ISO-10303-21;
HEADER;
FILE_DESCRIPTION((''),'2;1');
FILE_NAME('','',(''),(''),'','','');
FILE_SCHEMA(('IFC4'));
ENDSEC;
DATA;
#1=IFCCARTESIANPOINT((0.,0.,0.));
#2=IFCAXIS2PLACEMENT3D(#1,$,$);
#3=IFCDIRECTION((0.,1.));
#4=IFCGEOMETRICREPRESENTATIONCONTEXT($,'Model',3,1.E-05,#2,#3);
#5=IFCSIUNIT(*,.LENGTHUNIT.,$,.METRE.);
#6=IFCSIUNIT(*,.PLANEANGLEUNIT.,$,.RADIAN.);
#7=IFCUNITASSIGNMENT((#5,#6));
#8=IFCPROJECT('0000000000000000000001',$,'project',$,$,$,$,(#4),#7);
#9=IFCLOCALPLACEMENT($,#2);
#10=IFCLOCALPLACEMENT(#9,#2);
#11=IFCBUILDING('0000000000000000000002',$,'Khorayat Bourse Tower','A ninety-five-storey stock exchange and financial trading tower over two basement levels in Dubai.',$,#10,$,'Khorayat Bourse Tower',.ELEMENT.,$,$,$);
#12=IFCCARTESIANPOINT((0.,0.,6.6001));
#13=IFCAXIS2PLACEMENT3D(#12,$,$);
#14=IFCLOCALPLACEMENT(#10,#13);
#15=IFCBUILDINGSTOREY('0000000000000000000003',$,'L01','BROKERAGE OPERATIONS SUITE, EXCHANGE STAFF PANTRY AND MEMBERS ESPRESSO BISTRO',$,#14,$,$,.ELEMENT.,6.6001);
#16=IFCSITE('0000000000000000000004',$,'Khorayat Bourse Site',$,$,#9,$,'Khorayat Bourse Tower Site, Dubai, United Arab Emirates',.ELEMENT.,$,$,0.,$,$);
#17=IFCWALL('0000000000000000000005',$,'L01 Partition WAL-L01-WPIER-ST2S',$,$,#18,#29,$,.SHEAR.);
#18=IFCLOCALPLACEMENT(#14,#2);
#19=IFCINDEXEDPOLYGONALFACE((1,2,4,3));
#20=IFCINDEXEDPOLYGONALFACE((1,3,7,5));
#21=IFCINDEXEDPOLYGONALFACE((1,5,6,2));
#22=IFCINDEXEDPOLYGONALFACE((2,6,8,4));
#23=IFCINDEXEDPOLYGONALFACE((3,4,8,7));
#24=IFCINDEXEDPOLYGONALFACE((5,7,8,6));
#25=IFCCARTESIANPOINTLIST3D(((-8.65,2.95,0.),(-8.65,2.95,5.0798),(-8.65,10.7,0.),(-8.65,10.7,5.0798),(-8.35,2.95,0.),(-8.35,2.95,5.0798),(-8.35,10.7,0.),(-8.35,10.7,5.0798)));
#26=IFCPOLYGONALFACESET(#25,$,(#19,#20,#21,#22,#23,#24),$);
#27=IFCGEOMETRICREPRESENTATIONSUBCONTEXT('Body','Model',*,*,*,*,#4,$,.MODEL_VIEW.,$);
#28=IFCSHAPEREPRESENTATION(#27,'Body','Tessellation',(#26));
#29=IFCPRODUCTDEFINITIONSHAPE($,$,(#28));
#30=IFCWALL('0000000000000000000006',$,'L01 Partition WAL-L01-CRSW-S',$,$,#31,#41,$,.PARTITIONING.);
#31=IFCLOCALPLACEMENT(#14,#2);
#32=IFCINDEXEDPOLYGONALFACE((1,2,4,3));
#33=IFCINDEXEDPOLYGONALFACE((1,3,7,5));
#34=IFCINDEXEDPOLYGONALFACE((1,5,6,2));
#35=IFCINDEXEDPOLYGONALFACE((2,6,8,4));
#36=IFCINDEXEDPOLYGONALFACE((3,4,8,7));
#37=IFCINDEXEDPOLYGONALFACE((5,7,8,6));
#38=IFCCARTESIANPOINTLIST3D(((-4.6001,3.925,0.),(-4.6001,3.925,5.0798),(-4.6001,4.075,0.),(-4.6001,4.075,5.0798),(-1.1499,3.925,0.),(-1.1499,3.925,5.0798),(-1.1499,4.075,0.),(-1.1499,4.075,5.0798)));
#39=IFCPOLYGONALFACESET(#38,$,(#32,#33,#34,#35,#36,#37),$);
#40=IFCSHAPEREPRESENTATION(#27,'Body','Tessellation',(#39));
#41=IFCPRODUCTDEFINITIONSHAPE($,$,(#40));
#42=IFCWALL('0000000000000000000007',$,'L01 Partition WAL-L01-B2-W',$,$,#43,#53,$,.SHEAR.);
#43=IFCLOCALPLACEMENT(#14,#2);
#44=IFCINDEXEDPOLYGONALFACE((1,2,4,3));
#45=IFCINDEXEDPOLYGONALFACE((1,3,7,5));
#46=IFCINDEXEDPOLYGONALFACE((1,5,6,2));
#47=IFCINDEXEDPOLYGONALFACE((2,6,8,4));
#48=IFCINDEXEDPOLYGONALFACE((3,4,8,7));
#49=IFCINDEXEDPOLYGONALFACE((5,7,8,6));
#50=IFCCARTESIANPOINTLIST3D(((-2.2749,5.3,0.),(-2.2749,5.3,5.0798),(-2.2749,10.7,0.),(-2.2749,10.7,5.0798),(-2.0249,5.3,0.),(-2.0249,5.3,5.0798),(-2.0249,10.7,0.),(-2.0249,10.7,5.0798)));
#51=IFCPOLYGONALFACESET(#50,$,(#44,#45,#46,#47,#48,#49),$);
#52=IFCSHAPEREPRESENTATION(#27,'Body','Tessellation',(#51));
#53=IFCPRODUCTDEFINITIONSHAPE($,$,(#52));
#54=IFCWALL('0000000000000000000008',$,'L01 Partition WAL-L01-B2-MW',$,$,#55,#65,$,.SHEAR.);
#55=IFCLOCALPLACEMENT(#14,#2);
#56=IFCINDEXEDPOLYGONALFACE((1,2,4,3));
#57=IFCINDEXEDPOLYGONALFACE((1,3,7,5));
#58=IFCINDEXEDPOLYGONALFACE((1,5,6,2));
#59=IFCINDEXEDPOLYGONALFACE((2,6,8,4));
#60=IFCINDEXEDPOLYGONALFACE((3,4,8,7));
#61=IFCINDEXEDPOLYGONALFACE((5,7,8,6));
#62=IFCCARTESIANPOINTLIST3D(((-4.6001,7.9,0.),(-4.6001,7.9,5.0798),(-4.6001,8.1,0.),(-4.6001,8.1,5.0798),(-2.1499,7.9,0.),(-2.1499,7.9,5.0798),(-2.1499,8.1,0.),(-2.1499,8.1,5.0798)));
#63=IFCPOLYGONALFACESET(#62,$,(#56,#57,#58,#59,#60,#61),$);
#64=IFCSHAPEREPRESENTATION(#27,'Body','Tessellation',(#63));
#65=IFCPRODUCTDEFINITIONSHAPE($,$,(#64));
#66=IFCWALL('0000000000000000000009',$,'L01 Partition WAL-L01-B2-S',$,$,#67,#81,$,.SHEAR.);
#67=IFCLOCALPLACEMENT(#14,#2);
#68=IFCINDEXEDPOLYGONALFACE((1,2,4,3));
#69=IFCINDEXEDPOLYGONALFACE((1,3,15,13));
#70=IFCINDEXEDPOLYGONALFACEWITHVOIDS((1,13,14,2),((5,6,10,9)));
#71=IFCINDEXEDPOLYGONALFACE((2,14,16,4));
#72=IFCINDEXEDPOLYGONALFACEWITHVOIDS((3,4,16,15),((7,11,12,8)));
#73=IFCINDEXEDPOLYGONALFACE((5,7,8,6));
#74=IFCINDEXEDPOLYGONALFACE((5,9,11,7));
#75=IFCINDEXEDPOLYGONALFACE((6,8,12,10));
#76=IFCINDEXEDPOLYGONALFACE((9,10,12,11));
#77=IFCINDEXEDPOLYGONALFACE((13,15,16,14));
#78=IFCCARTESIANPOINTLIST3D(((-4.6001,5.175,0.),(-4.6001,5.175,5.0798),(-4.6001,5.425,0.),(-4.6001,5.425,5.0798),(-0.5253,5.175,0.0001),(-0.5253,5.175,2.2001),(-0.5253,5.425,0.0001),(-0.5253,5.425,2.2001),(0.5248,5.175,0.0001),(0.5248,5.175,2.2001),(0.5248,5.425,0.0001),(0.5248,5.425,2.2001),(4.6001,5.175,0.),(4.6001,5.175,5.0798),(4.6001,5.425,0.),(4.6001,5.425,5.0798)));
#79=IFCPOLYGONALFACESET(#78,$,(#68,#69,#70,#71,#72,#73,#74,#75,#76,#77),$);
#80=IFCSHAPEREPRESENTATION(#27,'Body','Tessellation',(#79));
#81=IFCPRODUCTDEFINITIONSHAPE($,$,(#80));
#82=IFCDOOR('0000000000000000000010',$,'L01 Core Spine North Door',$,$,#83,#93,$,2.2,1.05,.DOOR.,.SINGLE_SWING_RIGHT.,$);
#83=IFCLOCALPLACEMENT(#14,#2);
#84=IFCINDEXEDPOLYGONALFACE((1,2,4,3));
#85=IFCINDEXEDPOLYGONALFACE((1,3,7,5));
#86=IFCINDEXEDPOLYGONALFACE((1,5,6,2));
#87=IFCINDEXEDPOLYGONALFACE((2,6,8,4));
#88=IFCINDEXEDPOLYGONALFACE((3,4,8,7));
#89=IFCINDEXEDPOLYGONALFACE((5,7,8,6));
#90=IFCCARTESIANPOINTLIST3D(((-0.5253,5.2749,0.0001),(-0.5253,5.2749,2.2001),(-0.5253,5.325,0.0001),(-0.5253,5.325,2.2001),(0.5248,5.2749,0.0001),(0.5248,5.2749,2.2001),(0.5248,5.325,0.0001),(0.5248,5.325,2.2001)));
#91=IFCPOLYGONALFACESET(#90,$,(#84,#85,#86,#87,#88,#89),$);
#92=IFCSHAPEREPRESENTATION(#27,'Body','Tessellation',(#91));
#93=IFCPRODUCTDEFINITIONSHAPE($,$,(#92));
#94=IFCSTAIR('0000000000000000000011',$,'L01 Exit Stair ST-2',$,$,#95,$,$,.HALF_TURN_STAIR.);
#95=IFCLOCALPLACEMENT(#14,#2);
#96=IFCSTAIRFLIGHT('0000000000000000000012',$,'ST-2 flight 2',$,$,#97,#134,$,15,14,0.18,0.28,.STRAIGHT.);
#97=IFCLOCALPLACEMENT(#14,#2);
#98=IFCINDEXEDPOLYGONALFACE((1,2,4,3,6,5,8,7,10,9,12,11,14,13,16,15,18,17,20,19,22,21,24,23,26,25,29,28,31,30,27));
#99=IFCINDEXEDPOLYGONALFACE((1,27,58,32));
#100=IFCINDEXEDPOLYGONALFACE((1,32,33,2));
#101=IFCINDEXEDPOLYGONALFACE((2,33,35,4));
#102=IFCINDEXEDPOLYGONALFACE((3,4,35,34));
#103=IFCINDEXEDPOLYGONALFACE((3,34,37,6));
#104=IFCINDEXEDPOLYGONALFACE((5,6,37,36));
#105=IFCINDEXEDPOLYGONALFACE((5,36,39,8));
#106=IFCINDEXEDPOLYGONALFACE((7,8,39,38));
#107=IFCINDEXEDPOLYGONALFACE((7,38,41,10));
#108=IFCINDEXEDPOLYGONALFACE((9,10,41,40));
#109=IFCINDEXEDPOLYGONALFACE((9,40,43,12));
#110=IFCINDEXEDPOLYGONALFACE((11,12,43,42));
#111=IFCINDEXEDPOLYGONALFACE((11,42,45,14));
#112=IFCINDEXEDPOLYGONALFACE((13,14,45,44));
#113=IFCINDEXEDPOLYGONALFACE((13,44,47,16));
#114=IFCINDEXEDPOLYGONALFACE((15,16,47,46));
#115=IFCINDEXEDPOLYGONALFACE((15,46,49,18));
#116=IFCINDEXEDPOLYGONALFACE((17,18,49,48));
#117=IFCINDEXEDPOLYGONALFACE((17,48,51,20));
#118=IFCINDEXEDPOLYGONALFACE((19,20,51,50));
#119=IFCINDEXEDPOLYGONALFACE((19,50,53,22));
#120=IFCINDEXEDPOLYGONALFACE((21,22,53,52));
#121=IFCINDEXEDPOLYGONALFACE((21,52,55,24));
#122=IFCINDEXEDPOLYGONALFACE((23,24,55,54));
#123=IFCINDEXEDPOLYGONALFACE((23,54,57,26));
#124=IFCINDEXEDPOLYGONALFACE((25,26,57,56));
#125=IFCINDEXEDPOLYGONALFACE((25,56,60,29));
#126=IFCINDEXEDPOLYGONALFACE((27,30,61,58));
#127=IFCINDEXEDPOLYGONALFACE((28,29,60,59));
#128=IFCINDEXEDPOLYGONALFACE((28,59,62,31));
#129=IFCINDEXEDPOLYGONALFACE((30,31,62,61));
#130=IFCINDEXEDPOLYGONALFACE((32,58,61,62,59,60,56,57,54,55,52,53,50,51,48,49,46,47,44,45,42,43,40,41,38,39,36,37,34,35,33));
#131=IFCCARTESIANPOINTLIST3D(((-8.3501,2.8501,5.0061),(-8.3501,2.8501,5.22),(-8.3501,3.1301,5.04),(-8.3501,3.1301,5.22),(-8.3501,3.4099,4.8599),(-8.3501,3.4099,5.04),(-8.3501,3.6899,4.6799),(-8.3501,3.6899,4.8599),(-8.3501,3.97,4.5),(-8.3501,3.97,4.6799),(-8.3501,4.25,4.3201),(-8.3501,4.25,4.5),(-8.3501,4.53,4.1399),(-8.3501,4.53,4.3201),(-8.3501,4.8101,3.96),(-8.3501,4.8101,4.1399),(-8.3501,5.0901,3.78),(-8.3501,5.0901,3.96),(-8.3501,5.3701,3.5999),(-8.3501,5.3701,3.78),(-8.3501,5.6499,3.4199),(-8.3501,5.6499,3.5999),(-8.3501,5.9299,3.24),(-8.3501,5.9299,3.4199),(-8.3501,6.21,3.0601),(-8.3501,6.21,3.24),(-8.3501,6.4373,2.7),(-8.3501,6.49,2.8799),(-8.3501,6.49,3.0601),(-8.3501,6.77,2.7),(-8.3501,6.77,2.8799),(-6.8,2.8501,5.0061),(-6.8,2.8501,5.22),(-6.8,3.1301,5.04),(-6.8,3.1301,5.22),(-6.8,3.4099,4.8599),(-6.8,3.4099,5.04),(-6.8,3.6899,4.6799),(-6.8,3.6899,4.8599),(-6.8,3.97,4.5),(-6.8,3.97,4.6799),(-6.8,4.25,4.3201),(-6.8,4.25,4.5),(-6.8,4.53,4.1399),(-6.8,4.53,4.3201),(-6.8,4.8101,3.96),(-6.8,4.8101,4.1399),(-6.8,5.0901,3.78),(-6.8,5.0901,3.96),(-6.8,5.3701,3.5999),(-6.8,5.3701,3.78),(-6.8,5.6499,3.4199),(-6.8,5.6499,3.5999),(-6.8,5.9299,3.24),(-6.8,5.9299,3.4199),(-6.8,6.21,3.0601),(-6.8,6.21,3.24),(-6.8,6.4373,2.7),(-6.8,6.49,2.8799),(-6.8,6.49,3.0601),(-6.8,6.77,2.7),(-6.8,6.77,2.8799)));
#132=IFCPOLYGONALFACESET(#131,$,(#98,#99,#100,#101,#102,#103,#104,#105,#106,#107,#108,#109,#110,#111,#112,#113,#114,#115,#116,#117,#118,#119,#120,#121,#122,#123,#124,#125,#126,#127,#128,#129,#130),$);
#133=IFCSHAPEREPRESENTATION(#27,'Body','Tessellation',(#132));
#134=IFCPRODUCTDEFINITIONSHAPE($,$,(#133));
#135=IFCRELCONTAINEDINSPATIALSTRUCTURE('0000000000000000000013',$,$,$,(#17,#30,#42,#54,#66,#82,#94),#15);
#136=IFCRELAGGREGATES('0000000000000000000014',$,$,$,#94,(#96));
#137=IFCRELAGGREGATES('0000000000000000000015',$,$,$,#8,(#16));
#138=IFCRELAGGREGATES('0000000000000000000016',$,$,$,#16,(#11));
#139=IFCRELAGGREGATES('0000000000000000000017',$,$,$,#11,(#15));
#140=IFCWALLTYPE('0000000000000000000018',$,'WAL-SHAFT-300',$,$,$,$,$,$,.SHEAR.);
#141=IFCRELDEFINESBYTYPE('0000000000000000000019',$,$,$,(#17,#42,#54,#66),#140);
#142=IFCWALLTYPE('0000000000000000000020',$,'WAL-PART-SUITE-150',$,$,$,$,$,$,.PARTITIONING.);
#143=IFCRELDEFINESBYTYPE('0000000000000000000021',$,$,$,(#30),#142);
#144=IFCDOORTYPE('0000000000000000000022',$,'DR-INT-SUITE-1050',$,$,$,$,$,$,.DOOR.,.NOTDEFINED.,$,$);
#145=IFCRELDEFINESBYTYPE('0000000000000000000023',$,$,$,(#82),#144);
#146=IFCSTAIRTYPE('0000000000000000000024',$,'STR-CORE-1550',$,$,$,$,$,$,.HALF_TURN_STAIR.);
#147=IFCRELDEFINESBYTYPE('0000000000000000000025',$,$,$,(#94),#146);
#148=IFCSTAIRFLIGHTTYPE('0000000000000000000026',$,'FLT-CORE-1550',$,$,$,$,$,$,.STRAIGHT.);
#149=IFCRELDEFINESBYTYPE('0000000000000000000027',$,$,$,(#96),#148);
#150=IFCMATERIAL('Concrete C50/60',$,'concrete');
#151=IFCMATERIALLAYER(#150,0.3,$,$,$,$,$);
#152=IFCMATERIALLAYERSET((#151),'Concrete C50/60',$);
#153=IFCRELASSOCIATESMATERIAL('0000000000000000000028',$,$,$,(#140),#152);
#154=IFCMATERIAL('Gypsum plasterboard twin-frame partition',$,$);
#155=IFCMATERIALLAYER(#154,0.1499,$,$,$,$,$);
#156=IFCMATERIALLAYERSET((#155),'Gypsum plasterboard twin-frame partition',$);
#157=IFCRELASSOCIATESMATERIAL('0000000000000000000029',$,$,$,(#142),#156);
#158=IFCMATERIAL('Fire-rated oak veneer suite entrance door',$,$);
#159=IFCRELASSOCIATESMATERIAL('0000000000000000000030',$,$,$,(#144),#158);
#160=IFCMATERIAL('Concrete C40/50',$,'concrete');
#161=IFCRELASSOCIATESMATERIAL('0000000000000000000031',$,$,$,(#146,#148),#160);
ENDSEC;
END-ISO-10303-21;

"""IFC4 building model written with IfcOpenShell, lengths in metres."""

from ifc_helpers import new_model, si_unit, direction, frame, frame_2d, origin, place, context, subcontext, project, spatial, polyline, rectangle, outline, extrude, source, transform, mapped, material, layer, layer_set, type_object, element, fill, aggregate, save


model = new_model("IFC4")

# Units and contexts
model_context = context("Model", 3, precision=1e-05, world=origin(), true_north=direction((0.0, 1.0)))
body_context = subcontext(model_context, "Body", "Model", "MODEL_VIEW")
ifc_project = project(units=[si_unit("LENGTHUNIT", "METRE"), si_unit("PLANEANGLEUNIT", "RADIAN")], contexts=[model_context])

# Site, building, storey
site_placement = place(None, origin())
site = spatial("IfcSite", under=ifc_project, at=site_placement, Name="Khorayat Bourse Site", LongName="Khorayat Bourse Tower Site, Dubai, United Arab Emirates", CompositionType="ELEMENT", RefElevation=0.0)
building_placement = place(site_placement, origin())
building = spatial("IfcBuilding", under=site, at=building_placement, Name="Khorayat Bourse Tower", Description="A ninety-five-storey stock exchange and financial trading tower over two basement levels in Dubai.", LongName="Khorayat Bourse Tower", CompositionType="ELEMENT")
storey_placement = place(building_placement, frame((0.0, 0.0, 6.6001)))
storey = spatial("IfcBuildingStorey", under=building, at=storey_placement, Name="L01", Description="BROKERAGE OPERATIONS SUITE, EXCHANGE STAFF PANTRY AND MEMBERS ESPRESSO BISTRO", CompositionType="ELEMENT", Elevation=6.6001)

# Walls
ifc_material_1 = material(Name="Concrete C50/60", Category="concrete")
ifc_layer_1 = layer(ifc_material_1, 0.3)
ifc_layer_set_1 = layer_set([ifc_layer_1], Name="Concrete C50/60")
wall_type_1 = type_object("IfcWallType", Name="WAL-SHAFT-300", PredefinedType="SHEAR", material=ifc_layer_set_1)
shared_shape_1 = source(origin(), body_context, "Body", "SweptSolid", [
    extrude(rectangle(XDim=7.75, YDim=0.3, at=frame_2d((3.875, 0.0))), origin(), (0.0, 0.0, 1.0), 5.0798),
])
wall_1_placement = place(storey_placement, frame((-8.5, 2.95, 0.0), z_axis=(0.0, 0.0, 1.0), x_axis=(0.0, 1.0, 0.0)))
element("IfcWall", 1, at=wall_1_placement, inside=storey, type_object=wall_type_1, Name="L01 Partition WAL-L01-WPIER-ST2S", PredefinedType="SHEAR", context=body_context, shape_type="MappedRepresentation", body=[
    mapped(shared_shape_1, transform((0.0, 0.0, 0.0), scale=1.0)),
])
ifc_material_2 = material(Name="Gypsum plasterboard twin-frame partition")
ifc_layer_2 = layer(ifc_material_2, 0.1499)
ifc_layer_set_2 = layer_set([ifc_layer_2], Name="Gypsum plasterboard twin-frame partition")
wall_type_2 = type_object("IfcWallType", Name="WAL-PART-SUITE-150", PredefinedType="PARTITIONING", material=ifc_layer_set_2)
shared_shape_2 = source(origin(), body_context, "Body", "SweptSolid", [
    extrude(rectangle(XDim=3.4502, YDim=0.1499, at=frame_2d((1.7251, 0.0))), origin(), (0.0, 0.0, 1.0), 5.0798),
])
wall_2_placement = place(storey_placement, frame((-4.6001, 4.0, 0.0), z_axis=(0.0, 0.0, 1.0), x_axis=(1.0, 0.0, 0.0)))
element("IfcWall", 2, at=wall_2_placement, inside=storey, type_object=wall_type_2, Name="L01 Partition WAL-L01-CRSW-S", PredefinedType="PARTITIONING", context=body_context, shape_type="MappedRepresentation", body=[
    mapped(shared_shape_2, transform((0.0, 0.0, 0.0), scale=1.0)),
])
shared_shape_3 = source(origin(), body_context, "Body", "SweptSolid", [
    extrude(rectangle(XDim=5.3999, YDim=0.25, at=frame_2d((2.7, 0.0))), origin(), (0.0, 0.0, 1.0), 5.0798),
])
wall_3_placement = place(storey_placement, frame((-2.1499, 5.3, 0.0), z_axis=(0.0, 0.0, 1.0), x_axis=(0.0, 1.0, 0.0)))
element("IfcWall", 3, at=wall_3_placement, inside=storey, type_object=wall_type_1, Name="L01 Partition WAL-L01-B2-W", PredefinedType="SHEAR", context=body_context, shape_type="MappedRepresentation", body=[
    mapped(shared_shape_3, transform((0.0, 0.0, 0.0), scale=1.0)),
])
shared_shape_4 = source(origin(), body_context, "Body", "SweptSolid", [
    extrude(rectangle(XDim=2.4502, YDim=0.2, at=frame_2d((1.2251, 0.0))), origin(), (0.0, 0.0, 1.0), 5.0798),
])
wall_4_placement = place(storey_placement, frame((-4.6001, 8.0, 0.0), z_axis=(0.0, 0.0, 1.0), x_axis=(1.0, 0.0, 0.0)))
element("IfcWall", 4, at=wall_4_placement, inside=storey, type_object=wall_type_1, Name="L01 Partition WAL-L01-B2-MW", PredefinedType="SHEAR", context=body_context, shape_type="MappedRepresentation", body=[
    mapped(shared_shape_4, transform((0.0, 0.0, 0.0), scale=1.0)),
])

# Wall, opening, door
shared_shape_5 = source(origin(), body_context, "Body", "SweptSolid", [
    extrude(rectangle(XDim=9.2002, YDim=0.25, at=frame_2d((4.6001, 0.0))), origin(), (0.0, 0.0, 1.0), 5.0798),
])
wall_5_placement = place(storey_placement, frame((-4.6001, 5.3, 0.0), z_axis=(0.0, 0.0, 1.0), x_axis=(1.0, 0.0, 0.0)))
wall_5 = element("IfcWall", 5, at=wall_5_placement, inside=storey, type_object=wall_type_1, Name="L01 Partition WAL-L01-B2-S", PredefinedType="SHEAR", context=body_context, shape_type="MappedRepresentation", body=[
    mapped(shared_shape_5, transform((0.0, 0.0, 0.0), scale=1.0)),
])
shared_shape_6 = source(origin(), body_context, "Body", "SweptSolid", [
    extrude(rectangle(XDim=1.05, YDim=2.2, at=frame_2d((0.5249, 1.1001))), frame((0.0, 0.135, 0.0), z_axis=(0.0, -1.0, 0.0), x_axis=(1.0, 0.0, 0.0)), (0.0, 0.0, 1.0), 0.27),
])
opening_1_placement = place(wall_5_placement, frame((4.075, 0.0, 0.0)))
opening_1 = element("IfcOpeningElement", 6, at=opening_1_placement, cuts=wall_5, PredefinedType="OPENING", context=body_context, shape_type="MappedRepresentation", body=[
    mapped(shared_shape_6, transform((0.0, 0.0, 0.0), scale=1.0)),
])
ifc_material_3 = material(Name="Fire-rated oak veneer suite entrance door")
door_type_1 = type_object("IfcDoorType", Name="DR-INT-SUITE-1050", OperationType="NOTDEFINED", PredefinedType="DOOR", material=ifc_material_3)
shared_shape_7 = source(origin(), body_context, "Body", "SweptSolid", [
    extrude(rectangle(XDim=1.05, YDim=2.2, at=frame_2d((0.5249, 1.1001))), frame((0.0, 0.0249, 0.0), z_axis=(0.0, -1.0, 0.0), x_axis=(1.0, 0.0, 0.0)), (0.0, 0.0, 1.0), 0.05),
])
door_1_placement = place(opening_1_placement, origin())
door_1 = element("IfcDoor", 7, at=door_1_placement, inside=storey, type_object=door_type_1, Name="L01 Core Spine North Door", OperationType="SINGLE_SWING_RIGHT", OverallHeight=2.2, OverallWidth=1.05, PredefinedType="DOOR", context=body_context, shape_type="MappedRepresentation", body=[
    mapped(shared_shape_7, transform((0.0, 0.0, 0.0), scale=1.0)),
])
fill(opening_1, door_1)

# Stair, stair flight
ifc_material_4 = material(Name="Concrete C40/50", Category="concrete")
stair_type = type_object("IfcStairType", Name="STR-CORE-1550", PredefinedType="HALF_TURN_STAIR", material=ifc_material_4)
stair_placement = place(storey_placement, origin())
stair = element("IfcStair", 8, at=stair_placement, inside=storey, type_object=stair_type, Name="L01 Exit Stair ST-2", PredefinedType="HALF_TURN_STAIR")
stair_flight_type = type_object("IfcStairFlightType", Name="FLT-CORE-1550", PredefinedType="STRAIGHT", material=ifc_material_4)
shared_shape_8 = source(origin(), body_context, "Body", "SweptSolid", [
    extrude(outline(polyline([(0.0, 0.0), (0.0, 0.1799), (0.28, 0.1799), (0.28, 0.3601), (0.5601, 0.3601), (0.5601, 0.54), (0.8401, 0.54), (0.8401, 0.72), (1.1201, 0.72), (1.1201, 0.8999), (1.3999, 0.8999), (1.3999, 1.0801), (1.6799, 1.0801), (1.6799, 1.26), (1.96, 1.26), (1.96, 1.4399), (2.24, 1.4399), (2.24, 1.6201), (2.52, 1.6201), (2.52, 1.8), (2.8, 1.8), (2.8, 1.98), (3.0801, 1.98), (3.0801, 2.1599), (3.3601, 2.1599), (3.3601, 2.3401), (3.6399, 2.3401), (3.6399, 2.52), (3.9199, 2.52), (3.9199, 2.7), (3.9199, 2.3062), (0.3328, 0.0), (0.0, 0.0)])), frame((0.0, 0.7749, 0.0), z_axis=(0.0, -1.0, 0.0), x_axis=(1.0, 0.0, 0.0)), (0.0, 0.0, 1.0), 1.55),
])
stair_flight_placement = place(storey_placement, frame((-7.575, 6.77, 2.7), z_axis=(0.0, 0.0, 1.0), x_axis=(0.0, -1.0, 0.0)))
stair_flight = element("IfcStairFlight", 9, at=stair_flight_placement, type_object=stair_flight_type, Name="ST-2 flight 2", NumberOfRisers=15, NumberOfTreads=14, PredefinedType="STRAIGHT", RiserHeight=0.18, TreadLength=0.28, context=body_context, shape_type="MappedRepresentation", body=[
    mapped(shared_shape_8, transform((0.0, 0.0, 0.0), scale=1.0)),
])
aggregate(stair, [stair_flight])

save(model, "model.ifc")
